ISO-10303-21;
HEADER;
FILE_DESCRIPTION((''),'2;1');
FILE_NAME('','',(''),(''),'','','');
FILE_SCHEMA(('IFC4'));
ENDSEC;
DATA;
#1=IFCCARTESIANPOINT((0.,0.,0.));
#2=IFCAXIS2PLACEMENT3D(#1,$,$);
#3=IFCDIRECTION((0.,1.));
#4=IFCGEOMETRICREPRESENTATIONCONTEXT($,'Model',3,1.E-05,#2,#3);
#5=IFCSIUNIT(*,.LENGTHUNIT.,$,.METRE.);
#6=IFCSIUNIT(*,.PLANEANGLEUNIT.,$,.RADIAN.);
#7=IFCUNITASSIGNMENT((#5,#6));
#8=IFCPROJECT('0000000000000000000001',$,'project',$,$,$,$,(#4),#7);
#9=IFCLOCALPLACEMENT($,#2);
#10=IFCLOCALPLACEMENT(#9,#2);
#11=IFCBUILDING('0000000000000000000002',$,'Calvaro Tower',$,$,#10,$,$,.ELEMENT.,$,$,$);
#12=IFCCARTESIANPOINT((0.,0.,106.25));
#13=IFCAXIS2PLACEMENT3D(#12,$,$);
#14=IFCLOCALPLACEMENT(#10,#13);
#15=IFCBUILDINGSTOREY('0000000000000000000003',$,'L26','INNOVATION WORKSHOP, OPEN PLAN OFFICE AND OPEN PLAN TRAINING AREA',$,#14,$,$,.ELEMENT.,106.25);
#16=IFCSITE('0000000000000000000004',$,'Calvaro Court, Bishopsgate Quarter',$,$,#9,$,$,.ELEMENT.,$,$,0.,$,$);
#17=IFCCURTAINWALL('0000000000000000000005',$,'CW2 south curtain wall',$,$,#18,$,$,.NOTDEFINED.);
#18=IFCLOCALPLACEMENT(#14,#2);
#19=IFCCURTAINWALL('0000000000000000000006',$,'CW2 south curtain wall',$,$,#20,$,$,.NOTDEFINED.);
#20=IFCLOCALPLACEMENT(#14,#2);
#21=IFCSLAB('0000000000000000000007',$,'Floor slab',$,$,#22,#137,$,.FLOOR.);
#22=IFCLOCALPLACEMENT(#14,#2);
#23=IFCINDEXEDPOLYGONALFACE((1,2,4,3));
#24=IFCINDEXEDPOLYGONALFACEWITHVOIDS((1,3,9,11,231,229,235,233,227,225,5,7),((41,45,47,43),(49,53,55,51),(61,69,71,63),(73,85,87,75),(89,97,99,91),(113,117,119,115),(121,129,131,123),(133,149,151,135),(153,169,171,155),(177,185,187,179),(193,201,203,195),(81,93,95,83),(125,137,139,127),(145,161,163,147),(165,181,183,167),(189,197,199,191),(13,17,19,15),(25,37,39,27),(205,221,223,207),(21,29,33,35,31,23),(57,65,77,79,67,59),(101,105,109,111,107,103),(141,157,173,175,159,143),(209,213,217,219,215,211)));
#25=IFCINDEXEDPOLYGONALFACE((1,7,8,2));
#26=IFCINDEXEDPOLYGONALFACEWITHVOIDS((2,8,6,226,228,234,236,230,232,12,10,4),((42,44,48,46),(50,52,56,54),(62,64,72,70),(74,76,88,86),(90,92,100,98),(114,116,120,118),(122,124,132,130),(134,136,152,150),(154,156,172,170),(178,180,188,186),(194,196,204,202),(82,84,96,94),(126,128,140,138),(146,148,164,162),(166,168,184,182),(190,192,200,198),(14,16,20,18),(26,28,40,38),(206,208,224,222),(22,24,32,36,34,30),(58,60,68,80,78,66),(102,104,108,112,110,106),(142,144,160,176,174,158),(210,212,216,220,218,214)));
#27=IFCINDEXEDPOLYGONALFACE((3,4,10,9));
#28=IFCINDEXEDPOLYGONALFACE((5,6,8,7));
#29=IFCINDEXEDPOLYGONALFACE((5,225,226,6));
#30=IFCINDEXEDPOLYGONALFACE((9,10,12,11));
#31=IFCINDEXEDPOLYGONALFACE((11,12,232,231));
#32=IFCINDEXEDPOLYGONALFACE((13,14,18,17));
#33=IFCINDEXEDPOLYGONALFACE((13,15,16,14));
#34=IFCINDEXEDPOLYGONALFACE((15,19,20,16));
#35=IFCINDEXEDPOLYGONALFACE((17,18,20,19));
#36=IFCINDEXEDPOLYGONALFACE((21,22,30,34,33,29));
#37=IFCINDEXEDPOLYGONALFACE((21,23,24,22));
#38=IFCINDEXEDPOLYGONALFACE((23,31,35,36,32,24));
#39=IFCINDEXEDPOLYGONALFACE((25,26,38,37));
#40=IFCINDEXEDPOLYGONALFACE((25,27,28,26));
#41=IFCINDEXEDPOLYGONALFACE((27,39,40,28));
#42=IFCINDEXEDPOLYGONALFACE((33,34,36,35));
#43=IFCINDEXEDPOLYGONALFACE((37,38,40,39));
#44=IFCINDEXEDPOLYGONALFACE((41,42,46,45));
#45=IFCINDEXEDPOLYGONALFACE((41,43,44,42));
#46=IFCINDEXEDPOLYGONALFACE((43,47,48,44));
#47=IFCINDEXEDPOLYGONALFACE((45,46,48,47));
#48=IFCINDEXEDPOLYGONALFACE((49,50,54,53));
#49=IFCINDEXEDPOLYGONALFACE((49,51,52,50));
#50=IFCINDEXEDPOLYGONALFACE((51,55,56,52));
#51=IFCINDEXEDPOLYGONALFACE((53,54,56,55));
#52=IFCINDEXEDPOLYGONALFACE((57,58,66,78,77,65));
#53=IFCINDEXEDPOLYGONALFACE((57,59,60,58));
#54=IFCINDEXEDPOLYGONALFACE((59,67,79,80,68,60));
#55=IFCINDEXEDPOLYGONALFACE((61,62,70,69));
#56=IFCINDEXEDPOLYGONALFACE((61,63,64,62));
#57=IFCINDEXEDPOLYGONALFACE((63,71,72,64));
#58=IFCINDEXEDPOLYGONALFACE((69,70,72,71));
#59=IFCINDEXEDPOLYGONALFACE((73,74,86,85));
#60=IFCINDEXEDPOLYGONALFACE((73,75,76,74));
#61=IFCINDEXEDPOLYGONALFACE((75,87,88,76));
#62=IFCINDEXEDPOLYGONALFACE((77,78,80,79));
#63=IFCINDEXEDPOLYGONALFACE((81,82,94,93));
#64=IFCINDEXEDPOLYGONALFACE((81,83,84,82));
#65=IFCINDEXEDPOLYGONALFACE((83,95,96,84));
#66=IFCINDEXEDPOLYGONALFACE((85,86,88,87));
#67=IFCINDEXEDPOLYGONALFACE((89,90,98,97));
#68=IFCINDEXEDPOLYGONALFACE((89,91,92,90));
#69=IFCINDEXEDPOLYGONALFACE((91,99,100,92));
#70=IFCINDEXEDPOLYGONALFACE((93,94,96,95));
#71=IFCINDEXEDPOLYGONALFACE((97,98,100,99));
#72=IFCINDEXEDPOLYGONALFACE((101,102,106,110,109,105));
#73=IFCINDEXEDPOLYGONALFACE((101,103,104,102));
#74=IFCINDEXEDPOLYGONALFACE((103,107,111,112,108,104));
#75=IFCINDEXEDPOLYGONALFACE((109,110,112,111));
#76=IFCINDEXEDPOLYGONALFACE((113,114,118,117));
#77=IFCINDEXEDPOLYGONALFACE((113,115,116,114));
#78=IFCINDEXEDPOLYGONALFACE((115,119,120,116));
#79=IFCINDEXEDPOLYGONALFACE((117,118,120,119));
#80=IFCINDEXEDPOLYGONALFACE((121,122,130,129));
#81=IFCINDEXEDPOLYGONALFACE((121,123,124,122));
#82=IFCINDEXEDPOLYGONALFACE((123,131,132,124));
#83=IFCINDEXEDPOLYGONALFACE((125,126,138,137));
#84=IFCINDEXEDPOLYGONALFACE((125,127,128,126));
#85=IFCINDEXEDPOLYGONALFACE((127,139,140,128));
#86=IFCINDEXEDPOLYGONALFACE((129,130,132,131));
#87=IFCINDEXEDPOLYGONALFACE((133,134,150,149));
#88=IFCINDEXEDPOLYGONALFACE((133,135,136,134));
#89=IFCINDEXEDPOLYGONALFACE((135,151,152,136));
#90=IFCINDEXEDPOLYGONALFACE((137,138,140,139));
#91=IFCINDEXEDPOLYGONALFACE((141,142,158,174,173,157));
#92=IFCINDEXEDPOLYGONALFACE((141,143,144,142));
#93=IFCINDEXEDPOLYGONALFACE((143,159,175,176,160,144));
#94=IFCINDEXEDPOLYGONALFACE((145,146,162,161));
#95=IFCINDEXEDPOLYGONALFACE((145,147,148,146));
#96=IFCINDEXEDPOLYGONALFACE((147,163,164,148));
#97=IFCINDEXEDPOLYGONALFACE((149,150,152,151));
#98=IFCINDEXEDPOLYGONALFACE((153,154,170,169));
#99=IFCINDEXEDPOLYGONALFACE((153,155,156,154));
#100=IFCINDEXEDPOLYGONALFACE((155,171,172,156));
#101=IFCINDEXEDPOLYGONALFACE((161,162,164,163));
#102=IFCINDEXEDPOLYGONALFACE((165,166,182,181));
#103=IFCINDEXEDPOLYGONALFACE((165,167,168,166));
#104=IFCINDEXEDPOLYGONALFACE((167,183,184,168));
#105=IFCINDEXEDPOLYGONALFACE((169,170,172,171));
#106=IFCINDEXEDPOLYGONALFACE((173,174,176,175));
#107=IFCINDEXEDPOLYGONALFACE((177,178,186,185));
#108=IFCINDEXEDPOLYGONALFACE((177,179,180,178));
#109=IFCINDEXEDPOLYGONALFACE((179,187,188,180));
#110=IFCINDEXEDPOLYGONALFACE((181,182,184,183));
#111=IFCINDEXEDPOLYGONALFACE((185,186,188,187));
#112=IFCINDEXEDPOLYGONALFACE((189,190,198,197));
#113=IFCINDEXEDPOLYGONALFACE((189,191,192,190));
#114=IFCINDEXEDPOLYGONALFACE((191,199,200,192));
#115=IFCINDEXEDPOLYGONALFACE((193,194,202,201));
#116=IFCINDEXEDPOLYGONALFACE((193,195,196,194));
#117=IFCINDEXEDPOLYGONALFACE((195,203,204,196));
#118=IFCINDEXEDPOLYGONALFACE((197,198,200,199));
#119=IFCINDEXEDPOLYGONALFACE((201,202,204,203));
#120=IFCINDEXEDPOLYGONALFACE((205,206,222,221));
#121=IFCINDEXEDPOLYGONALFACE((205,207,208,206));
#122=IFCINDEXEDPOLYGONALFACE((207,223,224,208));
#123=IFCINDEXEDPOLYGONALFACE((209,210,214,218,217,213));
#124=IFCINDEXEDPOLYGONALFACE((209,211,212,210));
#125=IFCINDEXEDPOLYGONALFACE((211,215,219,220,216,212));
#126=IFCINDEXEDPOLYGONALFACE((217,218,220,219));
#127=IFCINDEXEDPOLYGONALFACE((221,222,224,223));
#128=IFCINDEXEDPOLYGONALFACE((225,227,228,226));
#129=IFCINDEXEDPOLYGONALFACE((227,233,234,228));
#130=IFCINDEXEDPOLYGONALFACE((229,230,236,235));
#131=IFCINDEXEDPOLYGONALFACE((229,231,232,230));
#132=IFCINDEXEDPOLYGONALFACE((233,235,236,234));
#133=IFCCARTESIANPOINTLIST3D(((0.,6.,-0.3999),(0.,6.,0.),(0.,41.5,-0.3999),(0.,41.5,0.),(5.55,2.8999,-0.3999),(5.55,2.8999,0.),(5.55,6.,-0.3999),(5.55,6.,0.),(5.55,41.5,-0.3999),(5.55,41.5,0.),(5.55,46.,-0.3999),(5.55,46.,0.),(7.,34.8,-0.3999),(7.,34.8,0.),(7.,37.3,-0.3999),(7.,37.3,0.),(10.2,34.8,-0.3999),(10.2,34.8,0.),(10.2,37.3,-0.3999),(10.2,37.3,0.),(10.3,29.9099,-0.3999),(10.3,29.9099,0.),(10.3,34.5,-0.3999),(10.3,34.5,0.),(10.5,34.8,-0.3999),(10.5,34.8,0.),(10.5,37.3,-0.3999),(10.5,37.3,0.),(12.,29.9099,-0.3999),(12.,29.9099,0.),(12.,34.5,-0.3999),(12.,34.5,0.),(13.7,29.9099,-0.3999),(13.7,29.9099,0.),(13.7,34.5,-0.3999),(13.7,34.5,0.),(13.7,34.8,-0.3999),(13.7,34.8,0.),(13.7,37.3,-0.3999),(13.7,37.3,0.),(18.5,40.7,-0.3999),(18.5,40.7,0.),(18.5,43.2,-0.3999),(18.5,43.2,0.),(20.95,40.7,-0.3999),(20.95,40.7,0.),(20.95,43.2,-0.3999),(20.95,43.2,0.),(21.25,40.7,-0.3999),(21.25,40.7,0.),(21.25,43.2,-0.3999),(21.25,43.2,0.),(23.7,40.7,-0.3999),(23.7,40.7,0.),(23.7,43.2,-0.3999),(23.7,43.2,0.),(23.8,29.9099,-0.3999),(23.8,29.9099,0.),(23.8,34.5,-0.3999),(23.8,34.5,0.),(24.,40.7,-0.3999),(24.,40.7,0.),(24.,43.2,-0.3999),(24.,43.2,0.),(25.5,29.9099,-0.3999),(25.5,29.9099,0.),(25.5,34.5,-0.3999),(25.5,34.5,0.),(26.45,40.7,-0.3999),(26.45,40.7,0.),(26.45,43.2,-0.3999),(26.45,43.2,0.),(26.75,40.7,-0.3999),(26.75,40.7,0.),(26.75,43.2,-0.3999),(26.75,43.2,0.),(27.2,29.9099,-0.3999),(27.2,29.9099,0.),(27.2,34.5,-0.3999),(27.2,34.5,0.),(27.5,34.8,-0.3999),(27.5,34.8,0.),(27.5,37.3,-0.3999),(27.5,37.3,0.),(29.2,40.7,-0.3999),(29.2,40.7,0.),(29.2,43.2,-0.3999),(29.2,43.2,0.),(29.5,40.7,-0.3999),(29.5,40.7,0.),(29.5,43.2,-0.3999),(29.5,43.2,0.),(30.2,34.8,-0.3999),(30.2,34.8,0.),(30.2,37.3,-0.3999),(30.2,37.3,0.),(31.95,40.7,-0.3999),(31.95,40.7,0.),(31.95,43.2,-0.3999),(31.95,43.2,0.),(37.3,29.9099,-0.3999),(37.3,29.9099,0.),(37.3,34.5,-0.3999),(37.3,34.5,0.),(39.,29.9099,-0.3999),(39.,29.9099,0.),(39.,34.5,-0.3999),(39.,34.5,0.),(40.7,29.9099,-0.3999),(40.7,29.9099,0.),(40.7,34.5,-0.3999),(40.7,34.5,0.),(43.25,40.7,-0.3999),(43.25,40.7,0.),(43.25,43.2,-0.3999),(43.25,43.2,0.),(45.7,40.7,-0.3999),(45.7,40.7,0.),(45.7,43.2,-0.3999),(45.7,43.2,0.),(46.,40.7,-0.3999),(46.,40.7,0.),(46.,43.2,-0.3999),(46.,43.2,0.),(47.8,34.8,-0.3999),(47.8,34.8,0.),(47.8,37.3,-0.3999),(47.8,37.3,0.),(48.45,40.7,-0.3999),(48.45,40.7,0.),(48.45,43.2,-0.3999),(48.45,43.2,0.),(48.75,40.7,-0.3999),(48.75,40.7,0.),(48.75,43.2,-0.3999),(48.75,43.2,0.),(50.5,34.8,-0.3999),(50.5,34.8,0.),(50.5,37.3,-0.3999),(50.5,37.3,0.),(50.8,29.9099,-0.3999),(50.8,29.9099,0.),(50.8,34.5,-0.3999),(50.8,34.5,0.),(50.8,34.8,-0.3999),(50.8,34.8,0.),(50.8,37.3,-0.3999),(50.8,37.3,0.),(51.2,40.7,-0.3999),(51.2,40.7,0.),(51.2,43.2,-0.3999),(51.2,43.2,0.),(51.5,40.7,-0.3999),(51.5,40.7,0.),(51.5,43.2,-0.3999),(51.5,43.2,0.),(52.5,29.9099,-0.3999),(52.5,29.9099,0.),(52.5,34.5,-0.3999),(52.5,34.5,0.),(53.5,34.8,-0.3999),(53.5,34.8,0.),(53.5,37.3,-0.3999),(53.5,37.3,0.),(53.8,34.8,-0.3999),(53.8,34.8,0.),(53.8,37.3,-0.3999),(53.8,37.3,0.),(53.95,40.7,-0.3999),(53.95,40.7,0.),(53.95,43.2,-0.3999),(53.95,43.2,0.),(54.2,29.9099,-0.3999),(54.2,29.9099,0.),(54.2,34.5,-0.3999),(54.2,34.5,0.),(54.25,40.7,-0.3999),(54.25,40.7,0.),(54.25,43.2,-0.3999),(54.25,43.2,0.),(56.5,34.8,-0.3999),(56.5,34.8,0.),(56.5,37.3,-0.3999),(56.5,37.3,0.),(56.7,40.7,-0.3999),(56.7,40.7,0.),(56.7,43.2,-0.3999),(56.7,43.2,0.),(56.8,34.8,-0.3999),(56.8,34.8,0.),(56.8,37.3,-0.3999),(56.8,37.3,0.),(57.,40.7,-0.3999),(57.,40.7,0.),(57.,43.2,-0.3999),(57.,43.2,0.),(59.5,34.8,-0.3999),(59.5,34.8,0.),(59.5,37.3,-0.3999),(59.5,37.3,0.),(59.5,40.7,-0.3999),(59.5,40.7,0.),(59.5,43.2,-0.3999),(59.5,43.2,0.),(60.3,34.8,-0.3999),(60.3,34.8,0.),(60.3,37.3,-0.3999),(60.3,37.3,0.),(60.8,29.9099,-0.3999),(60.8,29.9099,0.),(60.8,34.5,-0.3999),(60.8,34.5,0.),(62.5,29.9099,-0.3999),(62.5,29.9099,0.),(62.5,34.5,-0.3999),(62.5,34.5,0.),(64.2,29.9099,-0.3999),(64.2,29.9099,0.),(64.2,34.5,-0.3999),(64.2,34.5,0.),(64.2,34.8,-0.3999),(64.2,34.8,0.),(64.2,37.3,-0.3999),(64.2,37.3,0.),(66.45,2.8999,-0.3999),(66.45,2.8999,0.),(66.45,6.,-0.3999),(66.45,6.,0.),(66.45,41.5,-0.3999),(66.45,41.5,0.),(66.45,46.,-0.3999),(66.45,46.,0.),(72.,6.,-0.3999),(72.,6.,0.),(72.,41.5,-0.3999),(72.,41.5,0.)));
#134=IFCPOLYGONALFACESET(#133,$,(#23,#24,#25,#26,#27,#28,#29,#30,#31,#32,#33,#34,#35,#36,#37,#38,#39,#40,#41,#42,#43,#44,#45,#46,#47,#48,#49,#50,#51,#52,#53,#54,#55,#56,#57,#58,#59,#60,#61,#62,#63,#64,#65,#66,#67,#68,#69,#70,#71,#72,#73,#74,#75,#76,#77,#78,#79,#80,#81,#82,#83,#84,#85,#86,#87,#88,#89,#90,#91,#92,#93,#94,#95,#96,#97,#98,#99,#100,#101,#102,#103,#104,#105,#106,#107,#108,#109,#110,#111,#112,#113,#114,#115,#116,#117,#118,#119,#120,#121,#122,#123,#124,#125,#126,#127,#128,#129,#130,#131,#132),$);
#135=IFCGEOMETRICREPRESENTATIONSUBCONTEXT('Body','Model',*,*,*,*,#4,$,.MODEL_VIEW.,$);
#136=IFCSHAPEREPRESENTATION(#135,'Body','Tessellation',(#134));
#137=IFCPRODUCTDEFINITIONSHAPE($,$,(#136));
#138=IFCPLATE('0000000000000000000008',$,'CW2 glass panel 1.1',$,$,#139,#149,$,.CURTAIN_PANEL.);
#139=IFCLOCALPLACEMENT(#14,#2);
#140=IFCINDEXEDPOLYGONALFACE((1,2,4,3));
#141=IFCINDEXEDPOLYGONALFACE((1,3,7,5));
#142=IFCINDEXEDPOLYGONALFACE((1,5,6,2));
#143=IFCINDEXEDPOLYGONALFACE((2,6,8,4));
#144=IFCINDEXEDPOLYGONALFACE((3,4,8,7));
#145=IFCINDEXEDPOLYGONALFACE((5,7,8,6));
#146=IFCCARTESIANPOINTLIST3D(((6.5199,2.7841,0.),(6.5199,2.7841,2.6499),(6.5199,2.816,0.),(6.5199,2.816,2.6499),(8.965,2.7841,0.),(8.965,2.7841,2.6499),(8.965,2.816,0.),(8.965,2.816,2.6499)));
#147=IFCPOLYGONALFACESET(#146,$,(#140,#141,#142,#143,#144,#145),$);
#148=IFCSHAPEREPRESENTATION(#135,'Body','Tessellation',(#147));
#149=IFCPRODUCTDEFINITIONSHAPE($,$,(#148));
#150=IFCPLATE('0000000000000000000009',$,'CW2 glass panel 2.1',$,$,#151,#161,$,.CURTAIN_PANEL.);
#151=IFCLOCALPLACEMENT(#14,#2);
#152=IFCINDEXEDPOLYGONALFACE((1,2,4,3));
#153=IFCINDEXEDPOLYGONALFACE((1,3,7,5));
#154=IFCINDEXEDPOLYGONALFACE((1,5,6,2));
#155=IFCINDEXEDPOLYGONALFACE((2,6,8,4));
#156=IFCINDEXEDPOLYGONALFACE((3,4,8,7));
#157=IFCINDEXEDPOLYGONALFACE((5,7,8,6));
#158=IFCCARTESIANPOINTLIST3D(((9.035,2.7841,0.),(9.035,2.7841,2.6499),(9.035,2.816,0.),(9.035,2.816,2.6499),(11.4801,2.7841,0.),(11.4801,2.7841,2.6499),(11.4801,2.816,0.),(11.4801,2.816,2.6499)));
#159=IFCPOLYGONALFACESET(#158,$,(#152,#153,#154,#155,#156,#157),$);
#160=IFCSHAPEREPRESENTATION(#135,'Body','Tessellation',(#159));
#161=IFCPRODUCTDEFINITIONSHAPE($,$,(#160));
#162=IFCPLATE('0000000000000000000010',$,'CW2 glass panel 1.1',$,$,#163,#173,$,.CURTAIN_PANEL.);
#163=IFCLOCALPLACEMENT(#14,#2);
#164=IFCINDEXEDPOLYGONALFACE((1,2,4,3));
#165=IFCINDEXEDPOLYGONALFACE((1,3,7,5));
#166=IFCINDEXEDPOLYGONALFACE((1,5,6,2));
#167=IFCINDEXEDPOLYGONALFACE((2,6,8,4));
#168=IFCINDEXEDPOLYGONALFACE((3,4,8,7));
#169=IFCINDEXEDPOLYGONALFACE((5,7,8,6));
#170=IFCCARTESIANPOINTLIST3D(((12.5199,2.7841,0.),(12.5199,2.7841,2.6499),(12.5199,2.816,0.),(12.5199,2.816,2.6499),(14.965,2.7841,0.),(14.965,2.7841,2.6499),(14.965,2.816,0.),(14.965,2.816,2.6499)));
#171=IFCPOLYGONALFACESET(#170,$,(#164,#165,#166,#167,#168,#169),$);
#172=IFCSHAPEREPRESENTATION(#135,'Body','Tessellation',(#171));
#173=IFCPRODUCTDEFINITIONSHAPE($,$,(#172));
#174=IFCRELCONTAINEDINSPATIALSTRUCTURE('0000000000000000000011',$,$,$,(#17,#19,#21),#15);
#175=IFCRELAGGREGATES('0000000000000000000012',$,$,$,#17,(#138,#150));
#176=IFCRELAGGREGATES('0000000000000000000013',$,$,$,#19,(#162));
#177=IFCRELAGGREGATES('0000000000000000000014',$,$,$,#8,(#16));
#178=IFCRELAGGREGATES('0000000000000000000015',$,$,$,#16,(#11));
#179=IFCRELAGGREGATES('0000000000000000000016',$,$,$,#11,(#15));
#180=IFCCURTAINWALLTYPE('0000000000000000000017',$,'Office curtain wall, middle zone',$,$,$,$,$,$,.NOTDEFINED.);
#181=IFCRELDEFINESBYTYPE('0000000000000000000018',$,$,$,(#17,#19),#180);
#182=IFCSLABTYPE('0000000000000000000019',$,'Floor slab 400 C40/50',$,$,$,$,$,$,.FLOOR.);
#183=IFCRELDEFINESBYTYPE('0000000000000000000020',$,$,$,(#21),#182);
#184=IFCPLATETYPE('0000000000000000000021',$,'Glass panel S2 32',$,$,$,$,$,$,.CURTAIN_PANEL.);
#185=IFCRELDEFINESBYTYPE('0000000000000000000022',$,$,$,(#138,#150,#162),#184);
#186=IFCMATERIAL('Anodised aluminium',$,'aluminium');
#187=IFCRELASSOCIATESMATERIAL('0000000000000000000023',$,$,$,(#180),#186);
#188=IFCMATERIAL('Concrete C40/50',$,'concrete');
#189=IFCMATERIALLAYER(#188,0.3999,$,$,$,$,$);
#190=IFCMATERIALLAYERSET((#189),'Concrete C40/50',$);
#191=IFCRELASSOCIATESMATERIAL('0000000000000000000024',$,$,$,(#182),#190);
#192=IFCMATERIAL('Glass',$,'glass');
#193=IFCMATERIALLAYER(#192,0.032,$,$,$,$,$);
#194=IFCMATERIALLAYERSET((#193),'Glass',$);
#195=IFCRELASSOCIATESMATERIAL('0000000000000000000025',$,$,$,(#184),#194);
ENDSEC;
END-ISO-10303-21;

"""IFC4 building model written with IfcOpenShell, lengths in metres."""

from ifc_helpers import new_model, si_unit, direction, frame, origin, origin_2d, place, context, subcontext, project, spatial, polyline, rectangle, outline, extrude, material, layer, layer_set, type_object, element, aggregate, save


model = new_model("IFC4")

# Units and contexts
model_context = context("Model", 3, precision=1e-05, world=origin(), true_north=direction((0.0, 1.0)))
body_context = subcontext(model_context, "Body", "Model", "MODEL_VIEW")
ifc_project = project(units=[si_unit("LENGTHUNIT", "METRE"), si_unit("PLANEANGLEUNIT", "RADIAN")], contexts=[model_context])

# Site, building, storey
site_placement = place(None, origin())
site = spatial("IfcSite", under=ifc_project, at=site_placement, Name="Calvaro Court, Bishopsgate Quarter", CompositionType="ELEMENT", RefElevation=0.0)
building_placement = place(site_placement, origin())
building = spatial("IfcBuilding", under=site, at=building_placement, Name="Calvaro Tower", CompositionType="ELEMENT")
storey_placement = place(building_placement, frame((0.0, 0.0, 106.25)))
storey = spatial("IfcBuildingStorey", under=building, at=storey_placement, Name="L26", Description="INNOVATION WORKSHOP, OPEN PLAN OFFICE AND OPEN PLAN TRAINING AREA", CompositionType="ELEMENT", Elevation=106.25)

# Curtain walls
ifc_material_1 = material(Name="Anodised aluminium", Category="aluminium")
curtain_wall_type = type_object("IfcCurtainWallType", Name="Office curtain wall, middle zone", PredefinedType="NOTDEFINED", material=ifc_material_1)
curtain_wall_1_placement = place(storey_placement, origin())
curtain_wall_1 = element("IfcCurtainWall", 1, at=curtain_wall_1_placement, inside=storey, type_object=curtain_wall_type, Name="CW2 south curtain wall", PredefinedType="NOTDEFINED")
curtain_wall_2_placement = place(storey_placement, origin())
curtain_wall_2 = element("IfcCurtainWall", 2, at=curtain_wall_2_placement, inside=storey, type_object=curtain_wall_type, Name="CW2 south curtain wall", PredefinedType="NOTDEFINED")

# Slab
ifc_material_2 = material(Name="Concrete C40/50", Category="concrete")
ifc_layer_1 = layer(ifc_material_2, 0.3999)
ifc_layer_set_1 = layer_set([ifc_layer_1], Name="Concrete C40/50")
slab_type_1 = type_object("IfcSlabType", Name="Floor slab 400 C40/50", PredefinedType="FLOOR", material=ifc_layer_set_1)
slab_1_placement = place(storey_placement, frame((0.0, 0.0, -0.3999)))
element("IfcSlab", 3, at=slab_1_placement, inside=storey, type_object=slab_type_1, Name="Floor slab", PredefinedType="FLOOR", context=body_context, shape_type="SweptSolid", body=[
    extrude(outline(polyline([(66.45, 6.0), (66.45, 2.8999), (5.55, 2.8999), (5.55, 6.0), (0.0, 6.0), (0.0, 41.5), (5.55, 41.5), (5.55, 46.0), (66.45, 46.0), (66.45, 41.5), (72.0, 41.5), (72.0, 6.0), (66.45, 6.0)]), holes=[polyline([(10.3, 29.9099), (10.3, 34.5), (12.0, 34.5), (13.7, 34.5), (13.7, 29.9099), (12.0, 29.9099), (10.3, 29.9099)]), polyline([(23.8, 29.9099), (23.8, 34.5), (25.5, 34.5), (27.2, 34.5), (27.2, 29.9099), (25.5, 29.9099), (23.8, 29.9099)]), polyline([(37.3, 29.9099), (37.3, 34.5), (39.0, 34.5), (40.7, 34.5), (40.7, 29.9099), (39.0, 29.9099), (37.3, 29.9099)]), polyline([(50.8, 29.9099), (50.8, 34.5), (52.5, 34.5), (54.2, 34.5), (54.2, 29.9099), (52.5, 29.9099), (50.8, 29.9099)]), polyline([(60.8, 29.9099), (60.8, 34.5), (62.5, 34.5), (64.2, 34.5), (64.2, 29.9099), (62.5, 29.9099), (60.8, 29.9099)]), polyline([(50.8, 34.8), (53.5, 34.8), (53.5, 37.3), (50.8, 37.3), (50.8, 34.8)]), polyline([(53.8, 34.8), (56.5, 34.8), (56.5, 37.3), (53.8, 37.3), (53.8, 34.8)]), polyline([(56.8, 34.8), (59.5, 34.8), (59.5, 37.3), (56.8, 37.3), (56.8, 34.8)]), polyline([(18.5, 40.7), (20.95, 40.7), (20.95, 43.2), (18.5, 43.2), (18.5, 40.7)]), polyline([(21.25, 40.7), (23.7, 40.7), (23.7, 43.2), (21.25, 43.2), (21.25, 40.7)]), polyline([(24.0, 40.7), (26.45, 40.7), (26.45, 43.2), (24.0, 43.2), (24.0, 40.7)]), polyline([(26.75, 40.7), (29.2, 40.7), (29.2, 43.2), (26.75, 43.2), (26.75, 40.7)]), polyline([(29.5, 40.7), (31.95, 40.7), (31.95, 43.2), (29.5, 43.2), (29.5, 40.7)]), polyline([(43.25, 40.7), (45.7, 40.7), (45.7, 43.2), (43.25, 43.2), (43.25, 40.7)]), polyline([(46.0, 40.7), (48.45, 40.7), (48.45, 43.2), (46.0, 43.2), (46.0, 40.7)]), polyline([(48.75, 40.7), (51.2, 40.7), (51.2, 43.2), (48.75, 43.2), (48.75, 40.7)]), polyline([(51.5, 40.7), (53.95, 40.7), (53.95, 43.2), (51.5, 43.2), (51.5, 40.7)]), polyline([(54.25, 40.7), (56.7, 40.7), (56.7, 43.2), (54.25, 43.2), (54.25, 40.7)]), polyline([(57.0, 40.7), (59.5, 40.7), (59.5, 43.2), (57.0, 43.2), (57.0, 40.7)]), polyline([(7.0, 34.8), (10.2, 34.8), (10.2, 37.3), (7.0, 37.3), (7.0, 34.8)]), polyline([(10.5, 34.8), (13.7, 34.8), (13.7, 37.3), (10.5, 37.3), (10.5, 34.8)]), polyline([(60.3, 34.8), (64.2, 34.8), (64.2, 37.3), (60.3, 37.3), (60.3, 34.8)]), polyline([(27.5, 34.8), (30.2, 34.8), (30.2, 37.3), (27.5, 37.3), (27.5, 34.8)]), polyline([(47.8, 34.8), (50.5, 34.8), (50.5, 37.3), (47.8, 37.3), (47.8, 34.8)])]), origin(), (0.0, 0.0, 1.0), 0.3999),
])

# Plates
ifc_material_3 = material(Name="Glass", Category="glass")
ifc_layer_2 = layer(ifc_material_3, 0.032)
ifc_layer_set_2 = layer_set([ifc_layer_2], Name="Glass")
plate_type = type_object("IfcPlateType", Name="Glass panel S2 32", PredefinedType="CURTAIN_PANEL", material=ifc_layer_set_2)
plate_1_placement = place(storey_placement, frame((7.7424, 2.8, 0.0), z_axis=(0.0, 0.0, 1.0), x_axis=(1.0, 0.0, 0.0)))
plate_1 = element("IfcPlate", 4, at=plate_1_placement, type_object=plate_type, Name="CW2 glass panel 1.1", PredefinedType="CURTAIN_PANEL", context=body_context, shape_type="SweptSolid", body=[
    extrude(rectangle(XDim=2.4451, YDim=0.032, at=origin_2d()), origin(), (0.0, 0.0, 1.0), 2.6499),
])
plate_2_placement = place(storey_placement, frame((10.2576, 2.8, 0.0), z_axis=(0.0, 0.0, 1.0), x_axis=(1.0, 0.0, 0.0)))
plate_2 = element("IfcPlate", 5, at=plate_2_placement, type_object=plate_type, Name="CW2 glass panel 2.1", PredefinedType="CURTAIN_PANEL", context=body_context, shape_type="SweptSolid", body=[
    extrude(rectangle(XDim=2.4451, YDim=0.032, at=origin_2d()), origin(), (0.0, 0.0, 1.0), 2.6499),
])
aggregate(curtain_wall_1, [plate_1, plate_2])
plate_3_placement = place(storey_placement, frame((13.7424, 2.8, 0.0), z_axis=(0.0, 0.0, 1.0), x_axis=(1.0, 0.0, 0.0)))
plate_3 = element("IfcPlate", 6, at=plate_3_placement, type_object=plate_type, Name="CW2 glass panel 1.1", PredefinedType="CURTAIN_PANEL", context=body_context, shape_type="SweptSolid", body=[
    extrude(rectangle(XDim=2.4451, YDim=0.032, at=origin_2d()), origin(), (0.0, 0.0, 1.0), 2.6499),
])
aggregate(curtain_wall_2, [plate_3])

save(model, "model.ifc")
